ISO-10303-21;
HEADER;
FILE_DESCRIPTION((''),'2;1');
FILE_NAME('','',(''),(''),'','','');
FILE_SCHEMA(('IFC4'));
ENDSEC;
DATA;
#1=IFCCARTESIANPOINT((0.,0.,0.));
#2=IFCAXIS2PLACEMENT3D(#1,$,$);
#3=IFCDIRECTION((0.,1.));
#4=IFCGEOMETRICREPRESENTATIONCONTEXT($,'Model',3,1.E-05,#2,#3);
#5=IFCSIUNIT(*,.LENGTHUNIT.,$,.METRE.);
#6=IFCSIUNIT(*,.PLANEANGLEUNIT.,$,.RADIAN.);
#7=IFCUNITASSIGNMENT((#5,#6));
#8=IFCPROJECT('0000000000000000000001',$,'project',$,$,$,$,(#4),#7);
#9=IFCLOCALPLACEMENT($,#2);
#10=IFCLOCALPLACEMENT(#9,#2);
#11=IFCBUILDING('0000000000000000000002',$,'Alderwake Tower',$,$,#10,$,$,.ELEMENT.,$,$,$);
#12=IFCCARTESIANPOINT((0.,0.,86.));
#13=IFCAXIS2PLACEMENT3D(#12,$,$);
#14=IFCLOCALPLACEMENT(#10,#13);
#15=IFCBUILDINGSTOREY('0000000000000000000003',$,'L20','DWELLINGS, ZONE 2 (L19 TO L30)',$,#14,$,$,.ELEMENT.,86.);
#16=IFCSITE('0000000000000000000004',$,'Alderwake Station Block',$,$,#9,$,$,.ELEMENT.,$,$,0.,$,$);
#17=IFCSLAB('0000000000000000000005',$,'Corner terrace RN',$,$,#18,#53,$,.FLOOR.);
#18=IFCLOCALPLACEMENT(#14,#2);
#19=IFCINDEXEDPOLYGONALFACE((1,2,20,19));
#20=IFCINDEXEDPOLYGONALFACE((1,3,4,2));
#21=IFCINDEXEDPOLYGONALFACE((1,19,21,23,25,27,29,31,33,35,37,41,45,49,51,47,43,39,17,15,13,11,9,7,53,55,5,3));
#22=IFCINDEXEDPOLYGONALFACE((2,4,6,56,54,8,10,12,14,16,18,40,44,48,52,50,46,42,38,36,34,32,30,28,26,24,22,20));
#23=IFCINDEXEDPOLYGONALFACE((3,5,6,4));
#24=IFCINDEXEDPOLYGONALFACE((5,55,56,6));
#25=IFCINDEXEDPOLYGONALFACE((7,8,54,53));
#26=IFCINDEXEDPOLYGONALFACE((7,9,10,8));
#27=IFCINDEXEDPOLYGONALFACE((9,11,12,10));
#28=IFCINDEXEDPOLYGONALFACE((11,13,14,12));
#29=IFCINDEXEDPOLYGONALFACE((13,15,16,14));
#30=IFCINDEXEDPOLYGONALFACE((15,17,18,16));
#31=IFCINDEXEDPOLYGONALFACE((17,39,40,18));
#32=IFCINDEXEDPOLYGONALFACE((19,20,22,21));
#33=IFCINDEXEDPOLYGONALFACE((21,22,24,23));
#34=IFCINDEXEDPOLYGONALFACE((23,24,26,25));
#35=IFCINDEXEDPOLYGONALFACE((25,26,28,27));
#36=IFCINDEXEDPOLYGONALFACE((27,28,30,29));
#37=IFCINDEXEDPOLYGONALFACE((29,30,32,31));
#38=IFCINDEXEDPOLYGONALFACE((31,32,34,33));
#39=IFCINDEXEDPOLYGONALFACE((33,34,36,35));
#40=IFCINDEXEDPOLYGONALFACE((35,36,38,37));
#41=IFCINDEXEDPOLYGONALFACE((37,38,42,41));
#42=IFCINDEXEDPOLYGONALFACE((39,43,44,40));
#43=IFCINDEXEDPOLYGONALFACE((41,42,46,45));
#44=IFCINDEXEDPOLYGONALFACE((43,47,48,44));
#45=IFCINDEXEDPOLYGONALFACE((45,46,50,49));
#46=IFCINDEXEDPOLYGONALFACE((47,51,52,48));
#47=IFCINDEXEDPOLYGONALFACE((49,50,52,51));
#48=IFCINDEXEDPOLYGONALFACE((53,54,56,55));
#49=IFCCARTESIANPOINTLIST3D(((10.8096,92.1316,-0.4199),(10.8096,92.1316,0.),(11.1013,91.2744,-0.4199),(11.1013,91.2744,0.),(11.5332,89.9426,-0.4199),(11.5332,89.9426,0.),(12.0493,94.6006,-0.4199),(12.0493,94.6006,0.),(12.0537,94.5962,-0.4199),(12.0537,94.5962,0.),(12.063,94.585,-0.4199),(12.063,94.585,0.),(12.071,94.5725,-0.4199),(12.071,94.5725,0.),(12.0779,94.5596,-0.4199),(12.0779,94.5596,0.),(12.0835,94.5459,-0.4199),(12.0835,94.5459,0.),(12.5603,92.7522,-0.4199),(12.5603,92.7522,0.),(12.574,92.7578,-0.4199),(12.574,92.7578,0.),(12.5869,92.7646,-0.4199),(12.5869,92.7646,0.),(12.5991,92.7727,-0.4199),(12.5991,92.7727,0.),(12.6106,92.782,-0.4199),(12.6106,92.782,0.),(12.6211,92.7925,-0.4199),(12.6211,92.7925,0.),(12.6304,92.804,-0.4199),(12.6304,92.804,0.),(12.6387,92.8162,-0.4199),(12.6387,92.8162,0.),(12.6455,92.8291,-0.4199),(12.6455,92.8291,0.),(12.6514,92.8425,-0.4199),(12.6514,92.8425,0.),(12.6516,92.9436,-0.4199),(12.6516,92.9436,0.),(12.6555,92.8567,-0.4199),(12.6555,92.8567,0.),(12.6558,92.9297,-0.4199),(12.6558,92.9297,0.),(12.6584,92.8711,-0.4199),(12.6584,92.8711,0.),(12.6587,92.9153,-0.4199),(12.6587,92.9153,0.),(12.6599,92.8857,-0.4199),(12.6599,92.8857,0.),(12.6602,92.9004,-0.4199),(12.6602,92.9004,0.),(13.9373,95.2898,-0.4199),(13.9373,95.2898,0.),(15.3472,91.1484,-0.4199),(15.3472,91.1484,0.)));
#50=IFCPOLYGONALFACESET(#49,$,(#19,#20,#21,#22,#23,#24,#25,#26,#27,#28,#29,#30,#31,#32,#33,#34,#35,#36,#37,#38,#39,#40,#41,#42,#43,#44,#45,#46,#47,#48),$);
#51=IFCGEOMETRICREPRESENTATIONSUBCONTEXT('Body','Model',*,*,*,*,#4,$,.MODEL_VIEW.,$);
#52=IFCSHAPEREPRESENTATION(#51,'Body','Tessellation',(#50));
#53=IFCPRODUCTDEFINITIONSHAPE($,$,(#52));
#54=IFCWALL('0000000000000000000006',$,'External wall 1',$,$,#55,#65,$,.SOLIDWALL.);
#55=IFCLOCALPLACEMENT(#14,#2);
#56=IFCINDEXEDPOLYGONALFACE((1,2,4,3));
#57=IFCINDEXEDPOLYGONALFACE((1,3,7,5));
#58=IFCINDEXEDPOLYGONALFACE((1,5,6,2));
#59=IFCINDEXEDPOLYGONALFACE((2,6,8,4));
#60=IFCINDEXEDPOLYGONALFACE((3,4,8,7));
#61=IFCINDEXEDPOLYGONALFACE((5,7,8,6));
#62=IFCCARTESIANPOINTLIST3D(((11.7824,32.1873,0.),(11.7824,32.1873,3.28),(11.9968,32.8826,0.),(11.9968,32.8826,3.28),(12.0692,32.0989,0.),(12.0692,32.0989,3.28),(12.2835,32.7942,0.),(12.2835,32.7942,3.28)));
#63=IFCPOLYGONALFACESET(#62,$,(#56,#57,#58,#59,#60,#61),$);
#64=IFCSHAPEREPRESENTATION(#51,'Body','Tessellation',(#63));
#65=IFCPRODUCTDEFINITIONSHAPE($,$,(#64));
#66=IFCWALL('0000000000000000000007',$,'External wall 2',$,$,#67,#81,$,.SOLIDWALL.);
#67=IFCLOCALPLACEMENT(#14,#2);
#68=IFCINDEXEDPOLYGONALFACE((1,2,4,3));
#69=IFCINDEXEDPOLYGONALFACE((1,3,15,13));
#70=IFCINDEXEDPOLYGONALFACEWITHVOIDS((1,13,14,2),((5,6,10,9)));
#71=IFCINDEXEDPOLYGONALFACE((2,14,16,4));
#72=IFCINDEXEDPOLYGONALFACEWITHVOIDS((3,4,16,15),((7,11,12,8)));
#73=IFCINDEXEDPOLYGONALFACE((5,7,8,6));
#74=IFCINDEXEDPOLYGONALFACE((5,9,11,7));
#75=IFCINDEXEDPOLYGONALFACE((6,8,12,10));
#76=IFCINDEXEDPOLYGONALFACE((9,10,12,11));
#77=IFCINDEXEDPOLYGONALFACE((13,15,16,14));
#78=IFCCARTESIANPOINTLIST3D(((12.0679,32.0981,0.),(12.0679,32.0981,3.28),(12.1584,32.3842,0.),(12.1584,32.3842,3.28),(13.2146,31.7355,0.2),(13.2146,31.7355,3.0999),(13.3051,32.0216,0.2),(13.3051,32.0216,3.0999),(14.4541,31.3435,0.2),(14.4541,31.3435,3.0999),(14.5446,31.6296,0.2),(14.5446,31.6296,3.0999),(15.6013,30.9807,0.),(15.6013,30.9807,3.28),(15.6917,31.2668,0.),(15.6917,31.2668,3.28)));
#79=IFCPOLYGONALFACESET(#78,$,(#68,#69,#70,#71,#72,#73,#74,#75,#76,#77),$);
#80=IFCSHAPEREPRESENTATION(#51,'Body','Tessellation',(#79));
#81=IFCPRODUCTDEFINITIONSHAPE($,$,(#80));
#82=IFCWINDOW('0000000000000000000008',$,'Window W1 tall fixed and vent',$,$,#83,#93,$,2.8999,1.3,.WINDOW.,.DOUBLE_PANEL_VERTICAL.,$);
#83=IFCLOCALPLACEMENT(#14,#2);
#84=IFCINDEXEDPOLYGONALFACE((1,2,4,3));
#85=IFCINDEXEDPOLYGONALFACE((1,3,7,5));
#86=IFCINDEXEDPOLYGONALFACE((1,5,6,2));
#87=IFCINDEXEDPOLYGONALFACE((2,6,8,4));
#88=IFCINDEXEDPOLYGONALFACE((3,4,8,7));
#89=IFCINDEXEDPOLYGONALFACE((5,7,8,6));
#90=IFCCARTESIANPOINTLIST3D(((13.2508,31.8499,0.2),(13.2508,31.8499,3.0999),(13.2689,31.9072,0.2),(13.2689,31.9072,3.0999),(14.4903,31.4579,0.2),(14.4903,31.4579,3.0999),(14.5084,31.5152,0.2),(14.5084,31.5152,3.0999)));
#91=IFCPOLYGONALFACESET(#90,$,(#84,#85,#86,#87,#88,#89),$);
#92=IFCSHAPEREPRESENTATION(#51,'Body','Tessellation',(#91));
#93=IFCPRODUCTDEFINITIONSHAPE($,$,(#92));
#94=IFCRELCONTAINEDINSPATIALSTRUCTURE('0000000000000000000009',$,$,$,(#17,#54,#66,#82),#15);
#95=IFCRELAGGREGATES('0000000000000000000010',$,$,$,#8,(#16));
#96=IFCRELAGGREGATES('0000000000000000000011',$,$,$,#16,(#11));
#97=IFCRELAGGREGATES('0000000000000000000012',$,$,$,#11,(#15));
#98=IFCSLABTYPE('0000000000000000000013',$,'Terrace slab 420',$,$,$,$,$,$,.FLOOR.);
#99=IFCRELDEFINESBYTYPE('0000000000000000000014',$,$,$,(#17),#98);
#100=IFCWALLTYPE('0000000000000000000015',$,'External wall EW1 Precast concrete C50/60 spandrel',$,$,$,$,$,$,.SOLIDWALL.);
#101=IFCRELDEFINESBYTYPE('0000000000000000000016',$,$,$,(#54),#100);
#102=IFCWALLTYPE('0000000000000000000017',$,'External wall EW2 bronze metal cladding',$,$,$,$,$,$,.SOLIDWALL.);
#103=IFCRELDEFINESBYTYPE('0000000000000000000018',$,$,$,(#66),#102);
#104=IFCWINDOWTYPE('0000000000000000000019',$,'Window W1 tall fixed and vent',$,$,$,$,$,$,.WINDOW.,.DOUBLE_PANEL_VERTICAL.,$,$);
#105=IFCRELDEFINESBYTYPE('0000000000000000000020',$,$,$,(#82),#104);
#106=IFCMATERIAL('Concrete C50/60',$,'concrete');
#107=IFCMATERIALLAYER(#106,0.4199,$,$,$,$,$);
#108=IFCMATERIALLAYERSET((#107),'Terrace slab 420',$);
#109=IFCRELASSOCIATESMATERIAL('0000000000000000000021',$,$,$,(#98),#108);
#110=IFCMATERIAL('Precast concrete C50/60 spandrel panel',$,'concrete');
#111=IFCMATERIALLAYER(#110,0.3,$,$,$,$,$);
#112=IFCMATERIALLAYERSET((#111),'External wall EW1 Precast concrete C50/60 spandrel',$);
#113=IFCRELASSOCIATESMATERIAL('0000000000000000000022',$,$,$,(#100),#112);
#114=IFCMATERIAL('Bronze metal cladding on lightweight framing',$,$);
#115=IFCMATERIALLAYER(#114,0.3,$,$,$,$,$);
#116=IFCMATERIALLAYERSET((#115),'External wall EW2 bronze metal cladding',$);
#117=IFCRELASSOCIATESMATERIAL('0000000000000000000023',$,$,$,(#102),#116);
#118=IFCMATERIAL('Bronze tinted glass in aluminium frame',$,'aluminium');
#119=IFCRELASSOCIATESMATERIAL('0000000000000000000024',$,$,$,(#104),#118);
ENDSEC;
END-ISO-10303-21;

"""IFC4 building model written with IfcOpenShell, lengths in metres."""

from ifc_helpers import new_model, si_unit, direction, frame, frame_2d, origin, place, context, subcontext, project, spatial, polyline, rectangle, outline, extrude, material, layer, layer_set, type_object, element, fill, save


model = new_model("IFC4")

# Units and contexts
model_context = context("Model", 3, precision=1e-05, world=origin(), true_north=direction((0.0, 1.0)))
body_context = subcontext(model_context, "Body", "Model", "MODEL_VIEW")
ifc_project = project(units=[si_unit("LENGTHUNIT", "METRE"), si_unit("PLANEANGLEUNIT", "RADIAN")], contexts=[model_context])

# Site, building, storey
site_placement = place(None, origin())
site = spatial("IfcSite", under=ifc_project, at=site_placement, Name="Alderwake Station Block", CompositionType="ELEMENT", RefElevation=0.0)
building_placement = place(site_placement, origin())
building = spatial("IfcBuilding", under=site, at=building_placement, Name="Alderwake Tower", CompositionType="ELEMENT")
storey_placement = place(building_placement, frame((0.0, 0.0, 86.0)))
storey = spatial("IfcBuildingStorey", under=building, at=storey_placement, Name="L20", Description="DWELLINGS, ZONE 2 (L19 TO L30)", CompositionType="ELEMENT", Elevation=86.0)

# Slab
ifc_material_1 = material(Name="Concrete C50/60", Category="concrete")
ifc_layer_1 = layer(ifc_material_1, 0.4199)
ifc_layer_set_1 = layer_set([ifc_layer_1], Name="Terrace slab 420")
slab_type_1 = type_object("IfcSlabType", Name="Terrace slab 420", PredefinedType="FLOOR", material=ifc_layer_set_1)
slab_1_placement = place(storey_placement, frame((0.0, 0.0, -0.4199)))
element("IfcSlab", 1, at=slab_1_placement, inside=storey, type_object=slab_type_1, Name="Corner terrace RN", PredefinedType="FLOOR", context=body_context, shape_type="SweptSolid", body=[
    extrude(outline(polyline([(10.8096, 92.1316), (12.5603, 92.7522), (12.574, 92.7578), (12.5869, 92.7646), (12.5991, 92.7727), (12.6106, 92.782), (12.6211, 92.7925), (12.6304, 92.804), (12.6387, 92.8162), (12.6455, 92.8291), (12.6514, 92.8425), (12.6555, 92.8567), (12.6584, 92.8711), (12.6599, 92.8857), (12.6602, 92.9004), (12.6587, 92.9153), (12.6558, 92.9297), (12.6516, 92.9436), (12.0835, 94.5459), (12.0779, 94.5596), (12.071, 94.5725), (12.063, 94.585), (12.0537, 94.5962), (12.0493, 94.6006), (13.9373, 95.2898), (15.3472, 91.1484), (11.5332, 89.9426), (11.1013, 91.2744), (10.8096, 92.1316)])), origin(), (0.0, 0.0, 1.0), 0.4199),
])

# Wall
ifc_material_2 = material(Name="Precast concrete C50/60 spandrel panel", Category="concrete")
ifc_layer_2 = layer(ifc_material_2, 0.3)
ifc_layer_set_2 = layer_set([ifc_layer_2], Name="External wall EW1 Precast concrete C50/60 spandrel")
wall_type_1 = type_object("IfcWallType", Name="External wall EW1 Precast concrete C50/60 spandrel", PredefinedType="SOLIDWALL", material=ifc_layer_set_2)
wall_1_placement = place(storey_placement, frame((12.1401, 32.8384, 0.0), z_axis=(0.0, 0.0, 1.0), x_axis=(-0.294605, -0.955619, 0.0)))
element("IfcWall", 2, at=wall_1_placement, inside=storey, type_object=wall_type_1, Name="External wall 1", PredefinedType="SOLIDWALL", context=body_context, shape_type="SweptSolid", body=[
    extrude(rectangle(XDim=0.7275, YDim=0.3, at=frame_2d((0.3638, 0.0))), origin(), (0.0, 0.0, 1.0), 3.28),
])

# Wall, opening, window
ifc_material_3 = material(Name="Bronze metal cladding on lightweight framing")
ifc_layer_3 = layer(ifc_material_3, 0.3)
ifc_layer_set_3 = layer_set([ifc_layer_3], Name="External wall EW2 bronze metal cladding")
wall_type_2 = type_object("IfcWallType", Name="External wall EW2 bronze metal cladding", PredefinedType="SOLIDWALL", material=ifc_layer_set_3)
wall_2_placement = place(storey_placement, frame((12.113, 32.2412, 0.0), z_axis=(0.0, 0.0, 1.0), x_axis=(0.953458, -0.301525, 0.0)))
wall_2 = element("IfcWall", 3, at=wall_2_placement, inside=storey, type_object=wall_type_2, Name="External wall 2", PredefinedType="SOLIDWALL", context=body_context, shape_type="SweptSolid", body=[
    extrude(rectangle(XDim=3.7058, YDim=0.3, at=frame_2d((1.853, 0.0))), origin(), (0.0, 0.0, 1.0), 3.28),
])
opening_placement = place(wall_2_placement, frame((1.2029, 0.0, 0.2)))
opening = element("IfcOpeningElement", 4, at=opening_placement, cuts=wall_2, PredefinedType="OPENING", context=body_context, shape_type="SweptSolid", body=[
    extrude(rectangle(XDim=1.3, YDim=2.8999, at=frame_2d((0.6499, 1.45))), frame((0.0, 0.1599, 0.0), z_axis=(0.0, -1.0, 0.0), x_axis=(1.0, 0.0, 0.0)), (0.0, 0.0, 1.0), 0.3201),
])
ifc_material_4 = material(Name="Bronze tinted glass in aluminium frame", Category="aluminium")
window_type = type_object("IfcWindowType", Name="Window W1 tall fixed and vent", PartitioningType="DOUBLE_PANEL_VERTICAL", PredefinedType="WINDOW", material=ifc_material_4)
window_placement = place(opening_placement, origin())
window = element("IfcWindow", 5, at=window_placement, inside=storey, type_object=window_type, Name="Window W1 tall fixed and vent", OverallHeight=2.8999, OverallWidth=1.3, PartitioningType="DOUBLE_PANEL_VERTICAL", PredefinedType="WINDOW", context=body_context, shape_type="SweptSolid", body=[
    extrude(rectangle(XDim=1.3, YDim=2.8999, at=frame_2d((0.6499, 1.45))), frame((0.0, 0.03, 0.0), z_axis=(0.0, -1.0, 0.0), x_axis=(1.0, 0.0, 0.0)), (0.0, 0.0, 1.0), 0.0601),
])
fill(opening, window)

save(model, "model.ifc")
